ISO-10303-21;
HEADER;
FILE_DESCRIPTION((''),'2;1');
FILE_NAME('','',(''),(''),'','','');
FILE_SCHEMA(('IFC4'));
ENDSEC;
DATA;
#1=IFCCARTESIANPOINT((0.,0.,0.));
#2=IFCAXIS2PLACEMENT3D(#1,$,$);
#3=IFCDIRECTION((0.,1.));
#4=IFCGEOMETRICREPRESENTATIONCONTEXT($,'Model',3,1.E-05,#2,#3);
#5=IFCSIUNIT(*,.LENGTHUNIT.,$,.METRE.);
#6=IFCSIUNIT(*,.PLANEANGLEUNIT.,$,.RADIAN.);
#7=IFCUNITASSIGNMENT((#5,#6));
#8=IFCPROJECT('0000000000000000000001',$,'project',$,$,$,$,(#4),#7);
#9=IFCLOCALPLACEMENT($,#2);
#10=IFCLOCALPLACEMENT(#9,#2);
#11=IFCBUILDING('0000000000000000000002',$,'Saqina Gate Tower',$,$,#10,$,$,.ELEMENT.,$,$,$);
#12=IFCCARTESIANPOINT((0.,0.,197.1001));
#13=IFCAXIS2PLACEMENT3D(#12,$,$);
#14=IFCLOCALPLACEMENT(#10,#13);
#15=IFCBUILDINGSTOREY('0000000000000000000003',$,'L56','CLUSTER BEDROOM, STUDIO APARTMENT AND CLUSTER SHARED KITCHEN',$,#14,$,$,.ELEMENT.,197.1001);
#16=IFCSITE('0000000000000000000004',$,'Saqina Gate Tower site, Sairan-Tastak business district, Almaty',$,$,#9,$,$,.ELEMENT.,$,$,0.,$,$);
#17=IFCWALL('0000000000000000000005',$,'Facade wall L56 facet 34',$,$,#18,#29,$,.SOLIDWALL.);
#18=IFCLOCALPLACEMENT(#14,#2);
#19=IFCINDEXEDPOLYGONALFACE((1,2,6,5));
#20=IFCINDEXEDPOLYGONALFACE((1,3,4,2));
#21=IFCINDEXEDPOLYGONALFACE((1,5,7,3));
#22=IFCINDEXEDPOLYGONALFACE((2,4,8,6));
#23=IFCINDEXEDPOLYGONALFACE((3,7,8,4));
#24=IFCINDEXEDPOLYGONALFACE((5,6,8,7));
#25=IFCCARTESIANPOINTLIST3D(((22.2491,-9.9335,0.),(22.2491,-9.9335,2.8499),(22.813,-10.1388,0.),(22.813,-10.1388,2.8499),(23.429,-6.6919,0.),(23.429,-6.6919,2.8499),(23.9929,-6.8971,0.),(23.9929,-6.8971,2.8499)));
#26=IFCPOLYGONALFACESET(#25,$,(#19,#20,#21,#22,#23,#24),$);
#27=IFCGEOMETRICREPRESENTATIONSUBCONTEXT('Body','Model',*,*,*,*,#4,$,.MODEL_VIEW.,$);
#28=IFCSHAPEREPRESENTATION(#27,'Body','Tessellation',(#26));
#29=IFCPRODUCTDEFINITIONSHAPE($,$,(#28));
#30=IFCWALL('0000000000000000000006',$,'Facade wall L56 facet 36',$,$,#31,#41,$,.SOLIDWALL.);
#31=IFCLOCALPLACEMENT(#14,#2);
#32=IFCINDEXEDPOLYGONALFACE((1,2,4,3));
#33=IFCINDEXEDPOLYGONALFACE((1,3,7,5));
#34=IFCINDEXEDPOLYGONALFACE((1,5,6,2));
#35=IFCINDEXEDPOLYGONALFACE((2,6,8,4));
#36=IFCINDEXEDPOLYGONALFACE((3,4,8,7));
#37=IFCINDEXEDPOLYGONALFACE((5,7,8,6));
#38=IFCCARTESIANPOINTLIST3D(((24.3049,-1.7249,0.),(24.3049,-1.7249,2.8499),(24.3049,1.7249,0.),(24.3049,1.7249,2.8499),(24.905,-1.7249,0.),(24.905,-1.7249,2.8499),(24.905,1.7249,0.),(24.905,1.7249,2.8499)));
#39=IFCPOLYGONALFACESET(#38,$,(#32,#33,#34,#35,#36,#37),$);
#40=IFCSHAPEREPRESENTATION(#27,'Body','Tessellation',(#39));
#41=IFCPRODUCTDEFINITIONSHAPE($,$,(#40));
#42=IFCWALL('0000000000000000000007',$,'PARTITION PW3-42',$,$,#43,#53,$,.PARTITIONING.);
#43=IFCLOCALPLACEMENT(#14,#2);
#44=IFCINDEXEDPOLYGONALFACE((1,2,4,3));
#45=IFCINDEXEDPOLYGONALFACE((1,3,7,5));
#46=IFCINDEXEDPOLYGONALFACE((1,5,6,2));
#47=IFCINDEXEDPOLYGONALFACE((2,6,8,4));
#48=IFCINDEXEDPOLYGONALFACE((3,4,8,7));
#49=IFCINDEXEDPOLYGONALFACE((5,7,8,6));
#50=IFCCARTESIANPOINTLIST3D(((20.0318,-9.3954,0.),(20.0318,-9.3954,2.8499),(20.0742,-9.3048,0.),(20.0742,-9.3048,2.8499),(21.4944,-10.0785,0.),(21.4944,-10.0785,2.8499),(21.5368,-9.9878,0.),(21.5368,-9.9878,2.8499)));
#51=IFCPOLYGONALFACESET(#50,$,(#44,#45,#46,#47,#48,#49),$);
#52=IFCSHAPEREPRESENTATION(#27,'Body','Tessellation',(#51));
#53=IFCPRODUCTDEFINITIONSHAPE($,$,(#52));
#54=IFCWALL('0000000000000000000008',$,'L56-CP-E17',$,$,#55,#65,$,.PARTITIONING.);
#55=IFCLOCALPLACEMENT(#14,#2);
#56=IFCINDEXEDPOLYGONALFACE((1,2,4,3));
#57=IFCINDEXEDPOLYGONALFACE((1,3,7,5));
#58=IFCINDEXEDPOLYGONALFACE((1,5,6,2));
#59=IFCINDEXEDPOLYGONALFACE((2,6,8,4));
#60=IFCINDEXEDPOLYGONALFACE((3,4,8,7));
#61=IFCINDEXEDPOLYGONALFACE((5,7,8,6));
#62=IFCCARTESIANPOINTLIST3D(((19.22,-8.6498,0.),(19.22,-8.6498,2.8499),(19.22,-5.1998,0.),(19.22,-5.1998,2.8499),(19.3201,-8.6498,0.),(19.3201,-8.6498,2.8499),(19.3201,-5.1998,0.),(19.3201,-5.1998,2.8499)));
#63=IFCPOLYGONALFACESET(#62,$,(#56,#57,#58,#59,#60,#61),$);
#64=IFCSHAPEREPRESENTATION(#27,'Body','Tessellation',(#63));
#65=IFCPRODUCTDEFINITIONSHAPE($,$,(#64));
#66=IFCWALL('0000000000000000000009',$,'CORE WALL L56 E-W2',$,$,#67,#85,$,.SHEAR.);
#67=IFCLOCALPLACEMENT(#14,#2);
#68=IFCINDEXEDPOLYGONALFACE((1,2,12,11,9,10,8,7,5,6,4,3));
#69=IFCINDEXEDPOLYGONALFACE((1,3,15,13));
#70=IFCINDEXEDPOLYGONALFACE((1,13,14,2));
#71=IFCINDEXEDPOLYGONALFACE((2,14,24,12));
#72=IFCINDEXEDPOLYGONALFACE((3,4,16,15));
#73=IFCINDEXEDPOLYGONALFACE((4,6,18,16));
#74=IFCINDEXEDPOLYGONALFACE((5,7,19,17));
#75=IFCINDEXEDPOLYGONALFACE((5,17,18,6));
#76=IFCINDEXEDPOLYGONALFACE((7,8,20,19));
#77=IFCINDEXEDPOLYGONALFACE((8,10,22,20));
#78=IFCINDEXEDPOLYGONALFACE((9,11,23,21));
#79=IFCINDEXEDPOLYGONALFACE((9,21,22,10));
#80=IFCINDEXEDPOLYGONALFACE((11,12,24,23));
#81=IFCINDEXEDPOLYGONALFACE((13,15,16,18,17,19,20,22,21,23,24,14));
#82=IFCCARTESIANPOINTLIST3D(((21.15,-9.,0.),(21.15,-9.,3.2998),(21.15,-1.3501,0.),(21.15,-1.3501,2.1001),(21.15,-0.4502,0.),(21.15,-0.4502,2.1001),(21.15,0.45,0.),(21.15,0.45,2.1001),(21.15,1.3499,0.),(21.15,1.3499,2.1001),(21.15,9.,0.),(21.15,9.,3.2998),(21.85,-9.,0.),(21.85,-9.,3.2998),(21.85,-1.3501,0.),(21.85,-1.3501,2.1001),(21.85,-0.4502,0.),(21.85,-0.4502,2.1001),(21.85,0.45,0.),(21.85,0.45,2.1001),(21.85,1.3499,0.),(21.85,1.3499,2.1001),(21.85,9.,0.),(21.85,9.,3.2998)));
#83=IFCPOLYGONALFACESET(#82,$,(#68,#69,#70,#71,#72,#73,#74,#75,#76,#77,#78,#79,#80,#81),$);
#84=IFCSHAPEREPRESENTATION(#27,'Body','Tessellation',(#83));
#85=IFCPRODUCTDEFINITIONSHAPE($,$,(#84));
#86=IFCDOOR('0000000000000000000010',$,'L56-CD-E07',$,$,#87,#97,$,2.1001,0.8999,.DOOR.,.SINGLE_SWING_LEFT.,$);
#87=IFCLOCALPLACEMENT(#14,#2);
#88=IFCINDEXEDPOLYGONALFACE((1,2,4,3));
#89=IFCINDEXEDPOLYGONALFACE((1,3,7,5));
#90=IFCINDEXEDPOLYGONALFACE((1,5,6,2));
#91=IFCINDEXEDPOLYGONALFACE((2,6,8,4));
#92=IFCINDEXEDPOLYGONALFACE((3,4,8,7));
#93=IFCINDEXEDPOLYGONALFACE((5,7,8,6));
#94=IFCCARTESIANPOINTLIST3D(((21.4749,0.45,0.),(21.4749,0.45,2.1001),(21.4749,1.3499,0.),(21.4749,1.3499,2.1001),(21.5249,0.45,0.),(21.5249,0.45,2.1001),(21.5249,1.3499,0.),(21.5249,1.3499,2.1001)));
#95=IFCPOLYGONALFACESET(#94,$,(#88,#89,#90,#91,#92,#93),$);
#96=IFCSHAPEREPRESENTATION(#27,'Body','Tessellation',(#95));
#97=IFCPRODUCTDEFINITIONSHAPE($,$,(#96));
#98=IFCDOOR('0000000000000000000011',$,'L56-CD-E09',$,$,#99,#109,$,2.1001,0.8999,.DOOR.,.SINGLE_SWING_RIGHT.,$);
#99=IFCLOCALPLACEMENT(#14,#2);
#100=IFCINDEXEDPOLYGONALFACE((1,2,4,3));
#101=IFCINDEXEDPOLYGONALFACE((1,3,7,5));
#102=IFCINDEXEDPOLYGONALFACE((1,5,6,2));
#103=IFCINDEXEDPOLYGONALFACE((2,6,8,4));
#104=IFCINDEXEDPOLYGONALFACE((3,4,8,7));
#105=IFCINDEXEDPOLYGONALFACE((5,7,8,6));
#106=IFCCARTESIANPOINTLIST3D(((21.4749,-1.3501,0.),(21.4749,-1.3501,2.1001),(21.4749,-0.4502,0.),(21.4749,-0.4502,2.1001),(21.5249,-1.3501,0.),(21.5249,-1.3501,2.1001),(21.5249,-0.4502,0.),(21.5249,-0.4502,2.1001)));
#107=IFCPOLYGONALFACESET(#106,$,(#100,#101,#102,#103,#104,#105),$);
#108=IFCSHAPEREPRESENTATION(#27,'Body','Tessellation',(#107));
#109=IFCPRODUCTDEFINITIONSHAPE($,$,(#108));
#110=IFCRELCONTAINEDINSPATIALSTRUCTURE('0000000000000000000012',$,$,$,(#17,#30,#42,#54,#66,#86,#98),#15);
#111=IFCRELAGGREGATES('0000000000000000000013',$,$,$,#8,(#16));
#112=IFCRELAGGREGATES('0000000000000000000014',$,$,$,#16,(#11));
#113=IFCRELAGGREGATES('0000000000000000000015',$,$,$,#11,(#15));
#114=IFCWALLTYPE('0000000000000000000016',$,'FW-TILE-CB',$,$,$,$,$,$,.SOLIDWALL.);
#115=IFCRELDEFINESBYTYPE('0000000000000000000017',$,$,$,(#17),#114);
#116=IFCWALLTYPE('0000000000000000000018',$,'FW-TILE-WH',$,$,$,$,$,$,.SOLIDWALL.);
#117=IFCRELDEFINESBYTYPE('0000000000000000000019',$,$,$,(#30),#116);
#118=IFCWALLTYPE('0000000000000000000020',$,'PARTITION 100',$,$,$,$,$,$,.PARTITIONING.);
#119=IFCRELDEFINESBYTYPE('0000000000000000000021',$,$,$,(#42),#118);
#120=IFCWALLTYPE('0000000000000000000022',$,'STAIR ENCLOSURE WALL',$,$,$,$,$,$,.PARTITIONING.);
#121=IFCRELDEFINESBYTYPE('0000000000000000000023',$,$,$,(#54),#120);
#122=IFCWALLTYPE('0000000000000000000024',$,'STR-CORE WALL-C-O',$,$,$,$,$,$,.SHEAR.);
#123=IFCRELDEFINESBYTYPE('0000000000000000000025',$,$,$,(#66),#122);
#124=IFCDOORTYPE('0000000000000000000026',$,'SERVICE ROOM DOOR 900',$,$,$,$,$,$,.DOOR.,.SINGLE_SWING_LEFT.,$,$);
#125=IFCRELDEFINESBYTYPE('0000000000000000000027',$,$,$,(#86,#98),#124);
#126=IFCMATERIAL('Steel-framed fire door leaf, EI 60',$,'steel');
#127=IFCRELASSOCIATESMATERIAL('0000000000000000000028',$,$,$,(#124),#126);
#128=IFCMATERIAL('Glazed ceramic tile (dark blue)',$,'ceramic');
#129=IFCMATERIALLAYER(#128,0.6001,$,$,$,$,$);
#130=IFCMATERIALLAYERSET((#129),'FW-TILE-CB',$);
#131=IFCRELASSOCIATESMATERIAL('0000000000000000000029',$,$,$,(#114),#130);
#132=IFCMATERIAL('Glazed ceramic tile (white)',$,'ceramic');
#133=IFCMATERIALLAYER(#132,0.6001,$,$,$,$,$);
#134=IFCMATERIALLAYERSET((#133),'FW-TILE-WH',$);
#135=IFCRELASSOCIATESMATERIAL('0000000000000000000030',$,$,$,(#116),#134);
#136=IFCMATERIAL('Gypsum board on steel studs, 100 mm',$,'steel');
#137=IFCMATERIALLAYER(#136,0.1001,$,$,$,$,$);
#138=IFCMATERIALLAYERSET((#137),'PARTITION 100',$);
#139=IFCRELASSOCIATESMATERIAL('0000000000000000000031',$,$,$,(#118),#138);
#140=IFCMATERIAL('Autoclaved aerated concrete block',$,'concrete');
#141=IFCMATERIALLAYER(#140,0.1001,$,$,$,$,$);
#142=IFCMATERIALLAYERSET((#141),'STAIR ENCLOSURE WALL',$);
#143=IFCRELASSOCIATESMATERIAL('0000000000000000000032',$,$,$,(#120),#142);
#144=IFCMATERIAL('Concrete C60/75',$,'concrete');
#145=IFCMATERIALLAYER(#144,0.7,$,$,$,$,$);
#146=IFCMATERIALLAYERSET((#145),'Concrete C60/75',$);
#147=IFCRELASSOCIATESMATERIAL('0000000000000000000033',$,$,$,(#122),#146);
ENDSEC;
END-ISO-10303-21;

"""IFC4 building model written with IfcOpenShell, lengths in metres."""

from ifc_helpers import new_model, si_unit, direction, frame, frame_2d, origin, place, context, subcontext, project, spatial, rectangle, extrude, material, layer, layer_set, type_object, element, fill, save


model = new_model("IFC4")

# Units and contexts
model_context = context("Model", 3, precision=1e-05, world=origin(), true_north=direction((0.0, 1.0)))
body_context = subcontext(model_context, "Body", "Model", "MODEL_VIEW")
ifc_project = project(units=[si_unit("LENGTHUNIT", "METRE"), si_unit("PLANEANGLEUNIT", "RADIAN")], contexts=[model_context])

# Site, building, storey
site_placement = place(None, origin())
site = spatial("IfcSite", under=ifc_project, at=site_placement, Name="Saqina Gate Tower site, Sairan-Tastak business district, Almaty", CompositionType="ELEMENT", RefElevation=0.0)
building_placement = place(site_placement, origin())
building = spatial("IfcBuilding", under=site, at=building_placement, Name="Saqina Gate Tower", CompositionType="ELEMENT")
storey_placement = place(building_placement, frame((0.0, 0.0, 197.1001)))
storey = spatial("IfcBuildingStorey", under=building, at=storey_placement, Name="L56", Description="CLUSTER BEDROOM, STUDIO APARTMENT AND CLUSTER SHARED KITCHEN", CompositionType="ELEMENT", Elevation=197.1001)

# Shared definitions
ifc_material_1 = material(Name="Steel-framed fire door leaf, EI 60", Category="steel")
door_type_1 = type_object("IfcDoorType", Name="SERVICE ROOM DOOR 900", OperationType="SINGLE_SWING_LEFT", PredefinedType="DOOR", material=ifc_material_1)

# Walls
ifc_material_2 = material(Name="Glazed ceramic tile (dark blue)", Category="ceramic")
ifc_layer_1 = layer(ifc_material_2, 0.6001)
ifc_layer_set_1 = layer_set([ifc_layer_1], Name="FW-TILE-CB")
wall_type_1 = type_object("IfcWallType", Name="FW-TILE-CB", PredefinedType="SOLIDWALL", material=ifc_layer_set_1)
wall_1_placement = place(storey_placement, frame((22.531, -10.0361, 0.0), z_axis=(0.0, 0.0, 1.0), x_axis=(0.342033, 0.939688, 0.0)))
element("IfcWall", 1, at=wall_1_placement, inside=storey, type_object=wall_type_1, Name="Facade wall L56 facet 34", PredefinedType="SOLIDWALL", context=body_context, shape_type="SweptSolid", body=[
    extrude(rectangle(XDim=3.4497, YDim=0.6001, at=frame_2d((1.7249, 0.0))), origin(), (0.0, 0.0, 1.0), 2.8499),
])
ifc_material_3 = material(Name="Glazed ceramic tile (white)", Category="ceramic")
ifc_layer_2 = layer(ifc_material_3, 0.6001)
ifc_layer_set_2 = layer_set([ifc_layer_2], Name="FW-TILE-WH")
wall_type_2 = type_object("IfcWallType", Name="FW-TILE-WH", PredefinedType="SOLIDWALL", material=ifc_layer_set_2)
wall_2_placement = place(storey_placement, frame((24.605, -1.7249, 0.0), z_axis=(0.0, 0.0, 1.0), x_axis=(0.0, 1.0, 0.0)))
element("IfcWall", 2, at=wall_2_placement, inside=storey, type_object=wall_type_2, Name="Facade wall L56 facet 36", PredefinedType="SOLIDWALL", context=body_context, shape_type="SweptSolid", body=[
    extrude(rectangle(XDim=3.4497, YDim=0.6001, at=frame_2d((1.7249, 0.0))), origin(), (0.0, 0.0, 1.0), 2.8499),
])
ifc_material_4 = material(Name="Gypsum board on steel studs, 100 mm", Category="steel")
ifc_layer_3 = layer(ifc_material_4, 0.1001)
ifc_layer_set_3 = layer_set([ifc_layer_3], Name="PARTITION 100")
wall_type_3 = type_object("IfcWallType", Name="PARTITION 100", PredefinedType="PARTITIONING", material=ifc_layer_set_3)
wall_3_placement = place(storey_placement, frame((20.053, -9.3501, 0.0), z_axis=(0.0, 0.0, 1.0), x_axis=(0.906056, -0.423159, 0.0)))
element("IfcWall", 3, at=wall_3_placement, inside=storey, type_object=wall_type_3, Name="PARTITION PW3-42", PredefinedType="PARTITIONING", context=body_context, shape_type="SweptSolid", body=[
    extrude(rectangle(XDim=1.6143, YDim=0.1001, at=frame_2d((0.8071, 0.0))), origin(), (0.0, 0.0, 1.0), 2.8499),
])
ifc_material_5 = material(Name="Autoclaved aerated concrete block", Category="concrete")
ifc_layer_4 = layer(ifc_material_5, 0.1001)
ifc_layer_set_4 = layer_set([ifc_layer_4], Name="STAIR ENCLOSURE WALL")
wall_type_4 = type_object("IfcWallType", Name="STAIR ENCLOSURE WALL", PredefinedType="PARTITIONING", material=ifc_layer_set_4)
wall_4_placement = place(storey_placement, frame((19.27, -8.6499, 0.0), z_axis=(0.0, 0.0, 1.0), x_axis=(0.0, 1.0, 0.0)))
element("IfcWall", 4, at=wall_4_placement, inside=storey, type_object=wall_type_4, Name="L56-CP-E17", PredefinedType="PARTITIONING", context=body_context, shape_type="SweptSolid", body=[
    extrude(rectangle(XDim=3.45, YDim=0.1001, at=frame_2d((1.7251, 0.0))), origin(), (0.0, 0.0, 1.0), 2.8499),
])

# Wall, openings, doors
ifc_material_6 = material(Name="Concrete C60/75", Category="concrete")
ifc_layer_5 = layer(ifc_material_6, 0.7)
ifc_layer_set_5 = layer_set([ifc_layer_5], Name="Concrete C60/75")
wall_type_5 = type_object("IfcWallType", Name="STR-CORE WALL-C-O", PredefinedType="SHEAR", material=ifc_layer_set_5)
wall_5_placement = place(storey_placement, frame((21.5, -9.0, 0.0), z_axis=(0.0, 0.0, 1.0), x_axis=(0.0, 1.0, 0.0)))
wall_5 = element("IfcWall", 5, at=wall_5_placement, inside=storey, type_object=wall_type_5, Name="CORE WALL L56 E-W2", PredefinedType="SHEAR", context=body_context, shape_type="SweptSolid", body=[
    extrude(rectangle(XDim=18.0, YDim=0.7, at=frame_2d((9.0, 0.0))), origin(), (0.0, 0.0, 1.0), 3.2998),
])
opening_1_placement = place(wall_5_placement, frame((9.45, 0.0, 0.0)))
opening_1 = element("IfcOpeningElement", 6, at=opening_1_placement, cuts=wall_5, PredefinedType="OPENING", context=body_context, shape_type="SweptSolid", body=[
    extrude(rectangle(XDim=0.8999, YDim=2.1001, at=frame_2d((0.45, 1.05))), frame((0.0, 0.3621, 0.0), z_axis=(0.0, -1.0, 0.0), x_axis=(1.0, 0.0, 0.0)), (0.0, 0.0, 1.0), 0.7239),
])
opening_2_placement = place(wall_5_placement, frame((7.6499, 0.0, 0.0)))
opening_2 = element("IfcOpeningElement", 7, at=opening_2_placement, cuts=wall_5, PredefinedType="OPENING", context=body_context, shape_type="SweptSolid", body=[
    extrude(rectangle(XDim=0.8999, YDim=2.1001, at=frame_2d((0.45, 1.05))), frame((0.0, 0.3621, 0.0), z_axis=(0.0, -1.0, 0.0), x_axis=(1.0, 0.0, 0.0)), (0.0, 0.0, 1.0), 0.7239),
])
door_1_placement = place(opening_1_placement, frame((0.8999, 0.0, 0.0), z_axis=(0.0, 0.0, 1.0), x_axis=(-1.0, 0.0, 0.0)))
door_1 = element("IfcDoor", 8, at=door_1_placement, inside=storey, type_object=door_type_1, Name="L56-CD-E07", OperationType="SINGLE_SWING_LEFT", OverallHeight=2.1001, OverallWidth=0.8999, PredefinedType="DOOR", context=body_context, shape_type="SweptSolid", body=[
    extrude(rectangle(XDim=0.8999, YDim=2.1001, at=frame_2d((0.45, 1.05))), frame((0.0, 0.0249, 0.0), z_axis=(0.0, -1.0, 0.0), x_axis=(1.0, 0.0, 0.0)), (0.0, 0.0, 1.0), 0.05),
])
fill(opening_1, door_1)
door_2_placement = place(opening_2_placement, frame((0.8999, 0.0, 0.0), z_axis=(0.0, 0.0, 1.0), x_axis=(-1.0, 0.0, 0.0)))
door_2 = element("IfcDoor", 9, at=door_2_placement, inside=storey, type_object=door_type_1, Name="L56-CD-E09", OperationType="SINGLE_SWING_RIGHT", OverallHeight=2.1001, OverallWidth=0.8999, PredefinedType="DOOR", context=body_context, shape_type="SweptSolid", body=[
    extrude(rectangle(XDim=0.8999, YDim=2.1001, at=frame_2d((0.45, 1.05))), frame((0.0, 0.0249, 0.0), z_axis=(0.0, -1.0, 0.0), x_axis=(1.0, 0.0, 0.0)), (0.0, 0.0, 1.0), 0.05),
])
fill(opening_2, door_2)

save(model, "model.ifc")
